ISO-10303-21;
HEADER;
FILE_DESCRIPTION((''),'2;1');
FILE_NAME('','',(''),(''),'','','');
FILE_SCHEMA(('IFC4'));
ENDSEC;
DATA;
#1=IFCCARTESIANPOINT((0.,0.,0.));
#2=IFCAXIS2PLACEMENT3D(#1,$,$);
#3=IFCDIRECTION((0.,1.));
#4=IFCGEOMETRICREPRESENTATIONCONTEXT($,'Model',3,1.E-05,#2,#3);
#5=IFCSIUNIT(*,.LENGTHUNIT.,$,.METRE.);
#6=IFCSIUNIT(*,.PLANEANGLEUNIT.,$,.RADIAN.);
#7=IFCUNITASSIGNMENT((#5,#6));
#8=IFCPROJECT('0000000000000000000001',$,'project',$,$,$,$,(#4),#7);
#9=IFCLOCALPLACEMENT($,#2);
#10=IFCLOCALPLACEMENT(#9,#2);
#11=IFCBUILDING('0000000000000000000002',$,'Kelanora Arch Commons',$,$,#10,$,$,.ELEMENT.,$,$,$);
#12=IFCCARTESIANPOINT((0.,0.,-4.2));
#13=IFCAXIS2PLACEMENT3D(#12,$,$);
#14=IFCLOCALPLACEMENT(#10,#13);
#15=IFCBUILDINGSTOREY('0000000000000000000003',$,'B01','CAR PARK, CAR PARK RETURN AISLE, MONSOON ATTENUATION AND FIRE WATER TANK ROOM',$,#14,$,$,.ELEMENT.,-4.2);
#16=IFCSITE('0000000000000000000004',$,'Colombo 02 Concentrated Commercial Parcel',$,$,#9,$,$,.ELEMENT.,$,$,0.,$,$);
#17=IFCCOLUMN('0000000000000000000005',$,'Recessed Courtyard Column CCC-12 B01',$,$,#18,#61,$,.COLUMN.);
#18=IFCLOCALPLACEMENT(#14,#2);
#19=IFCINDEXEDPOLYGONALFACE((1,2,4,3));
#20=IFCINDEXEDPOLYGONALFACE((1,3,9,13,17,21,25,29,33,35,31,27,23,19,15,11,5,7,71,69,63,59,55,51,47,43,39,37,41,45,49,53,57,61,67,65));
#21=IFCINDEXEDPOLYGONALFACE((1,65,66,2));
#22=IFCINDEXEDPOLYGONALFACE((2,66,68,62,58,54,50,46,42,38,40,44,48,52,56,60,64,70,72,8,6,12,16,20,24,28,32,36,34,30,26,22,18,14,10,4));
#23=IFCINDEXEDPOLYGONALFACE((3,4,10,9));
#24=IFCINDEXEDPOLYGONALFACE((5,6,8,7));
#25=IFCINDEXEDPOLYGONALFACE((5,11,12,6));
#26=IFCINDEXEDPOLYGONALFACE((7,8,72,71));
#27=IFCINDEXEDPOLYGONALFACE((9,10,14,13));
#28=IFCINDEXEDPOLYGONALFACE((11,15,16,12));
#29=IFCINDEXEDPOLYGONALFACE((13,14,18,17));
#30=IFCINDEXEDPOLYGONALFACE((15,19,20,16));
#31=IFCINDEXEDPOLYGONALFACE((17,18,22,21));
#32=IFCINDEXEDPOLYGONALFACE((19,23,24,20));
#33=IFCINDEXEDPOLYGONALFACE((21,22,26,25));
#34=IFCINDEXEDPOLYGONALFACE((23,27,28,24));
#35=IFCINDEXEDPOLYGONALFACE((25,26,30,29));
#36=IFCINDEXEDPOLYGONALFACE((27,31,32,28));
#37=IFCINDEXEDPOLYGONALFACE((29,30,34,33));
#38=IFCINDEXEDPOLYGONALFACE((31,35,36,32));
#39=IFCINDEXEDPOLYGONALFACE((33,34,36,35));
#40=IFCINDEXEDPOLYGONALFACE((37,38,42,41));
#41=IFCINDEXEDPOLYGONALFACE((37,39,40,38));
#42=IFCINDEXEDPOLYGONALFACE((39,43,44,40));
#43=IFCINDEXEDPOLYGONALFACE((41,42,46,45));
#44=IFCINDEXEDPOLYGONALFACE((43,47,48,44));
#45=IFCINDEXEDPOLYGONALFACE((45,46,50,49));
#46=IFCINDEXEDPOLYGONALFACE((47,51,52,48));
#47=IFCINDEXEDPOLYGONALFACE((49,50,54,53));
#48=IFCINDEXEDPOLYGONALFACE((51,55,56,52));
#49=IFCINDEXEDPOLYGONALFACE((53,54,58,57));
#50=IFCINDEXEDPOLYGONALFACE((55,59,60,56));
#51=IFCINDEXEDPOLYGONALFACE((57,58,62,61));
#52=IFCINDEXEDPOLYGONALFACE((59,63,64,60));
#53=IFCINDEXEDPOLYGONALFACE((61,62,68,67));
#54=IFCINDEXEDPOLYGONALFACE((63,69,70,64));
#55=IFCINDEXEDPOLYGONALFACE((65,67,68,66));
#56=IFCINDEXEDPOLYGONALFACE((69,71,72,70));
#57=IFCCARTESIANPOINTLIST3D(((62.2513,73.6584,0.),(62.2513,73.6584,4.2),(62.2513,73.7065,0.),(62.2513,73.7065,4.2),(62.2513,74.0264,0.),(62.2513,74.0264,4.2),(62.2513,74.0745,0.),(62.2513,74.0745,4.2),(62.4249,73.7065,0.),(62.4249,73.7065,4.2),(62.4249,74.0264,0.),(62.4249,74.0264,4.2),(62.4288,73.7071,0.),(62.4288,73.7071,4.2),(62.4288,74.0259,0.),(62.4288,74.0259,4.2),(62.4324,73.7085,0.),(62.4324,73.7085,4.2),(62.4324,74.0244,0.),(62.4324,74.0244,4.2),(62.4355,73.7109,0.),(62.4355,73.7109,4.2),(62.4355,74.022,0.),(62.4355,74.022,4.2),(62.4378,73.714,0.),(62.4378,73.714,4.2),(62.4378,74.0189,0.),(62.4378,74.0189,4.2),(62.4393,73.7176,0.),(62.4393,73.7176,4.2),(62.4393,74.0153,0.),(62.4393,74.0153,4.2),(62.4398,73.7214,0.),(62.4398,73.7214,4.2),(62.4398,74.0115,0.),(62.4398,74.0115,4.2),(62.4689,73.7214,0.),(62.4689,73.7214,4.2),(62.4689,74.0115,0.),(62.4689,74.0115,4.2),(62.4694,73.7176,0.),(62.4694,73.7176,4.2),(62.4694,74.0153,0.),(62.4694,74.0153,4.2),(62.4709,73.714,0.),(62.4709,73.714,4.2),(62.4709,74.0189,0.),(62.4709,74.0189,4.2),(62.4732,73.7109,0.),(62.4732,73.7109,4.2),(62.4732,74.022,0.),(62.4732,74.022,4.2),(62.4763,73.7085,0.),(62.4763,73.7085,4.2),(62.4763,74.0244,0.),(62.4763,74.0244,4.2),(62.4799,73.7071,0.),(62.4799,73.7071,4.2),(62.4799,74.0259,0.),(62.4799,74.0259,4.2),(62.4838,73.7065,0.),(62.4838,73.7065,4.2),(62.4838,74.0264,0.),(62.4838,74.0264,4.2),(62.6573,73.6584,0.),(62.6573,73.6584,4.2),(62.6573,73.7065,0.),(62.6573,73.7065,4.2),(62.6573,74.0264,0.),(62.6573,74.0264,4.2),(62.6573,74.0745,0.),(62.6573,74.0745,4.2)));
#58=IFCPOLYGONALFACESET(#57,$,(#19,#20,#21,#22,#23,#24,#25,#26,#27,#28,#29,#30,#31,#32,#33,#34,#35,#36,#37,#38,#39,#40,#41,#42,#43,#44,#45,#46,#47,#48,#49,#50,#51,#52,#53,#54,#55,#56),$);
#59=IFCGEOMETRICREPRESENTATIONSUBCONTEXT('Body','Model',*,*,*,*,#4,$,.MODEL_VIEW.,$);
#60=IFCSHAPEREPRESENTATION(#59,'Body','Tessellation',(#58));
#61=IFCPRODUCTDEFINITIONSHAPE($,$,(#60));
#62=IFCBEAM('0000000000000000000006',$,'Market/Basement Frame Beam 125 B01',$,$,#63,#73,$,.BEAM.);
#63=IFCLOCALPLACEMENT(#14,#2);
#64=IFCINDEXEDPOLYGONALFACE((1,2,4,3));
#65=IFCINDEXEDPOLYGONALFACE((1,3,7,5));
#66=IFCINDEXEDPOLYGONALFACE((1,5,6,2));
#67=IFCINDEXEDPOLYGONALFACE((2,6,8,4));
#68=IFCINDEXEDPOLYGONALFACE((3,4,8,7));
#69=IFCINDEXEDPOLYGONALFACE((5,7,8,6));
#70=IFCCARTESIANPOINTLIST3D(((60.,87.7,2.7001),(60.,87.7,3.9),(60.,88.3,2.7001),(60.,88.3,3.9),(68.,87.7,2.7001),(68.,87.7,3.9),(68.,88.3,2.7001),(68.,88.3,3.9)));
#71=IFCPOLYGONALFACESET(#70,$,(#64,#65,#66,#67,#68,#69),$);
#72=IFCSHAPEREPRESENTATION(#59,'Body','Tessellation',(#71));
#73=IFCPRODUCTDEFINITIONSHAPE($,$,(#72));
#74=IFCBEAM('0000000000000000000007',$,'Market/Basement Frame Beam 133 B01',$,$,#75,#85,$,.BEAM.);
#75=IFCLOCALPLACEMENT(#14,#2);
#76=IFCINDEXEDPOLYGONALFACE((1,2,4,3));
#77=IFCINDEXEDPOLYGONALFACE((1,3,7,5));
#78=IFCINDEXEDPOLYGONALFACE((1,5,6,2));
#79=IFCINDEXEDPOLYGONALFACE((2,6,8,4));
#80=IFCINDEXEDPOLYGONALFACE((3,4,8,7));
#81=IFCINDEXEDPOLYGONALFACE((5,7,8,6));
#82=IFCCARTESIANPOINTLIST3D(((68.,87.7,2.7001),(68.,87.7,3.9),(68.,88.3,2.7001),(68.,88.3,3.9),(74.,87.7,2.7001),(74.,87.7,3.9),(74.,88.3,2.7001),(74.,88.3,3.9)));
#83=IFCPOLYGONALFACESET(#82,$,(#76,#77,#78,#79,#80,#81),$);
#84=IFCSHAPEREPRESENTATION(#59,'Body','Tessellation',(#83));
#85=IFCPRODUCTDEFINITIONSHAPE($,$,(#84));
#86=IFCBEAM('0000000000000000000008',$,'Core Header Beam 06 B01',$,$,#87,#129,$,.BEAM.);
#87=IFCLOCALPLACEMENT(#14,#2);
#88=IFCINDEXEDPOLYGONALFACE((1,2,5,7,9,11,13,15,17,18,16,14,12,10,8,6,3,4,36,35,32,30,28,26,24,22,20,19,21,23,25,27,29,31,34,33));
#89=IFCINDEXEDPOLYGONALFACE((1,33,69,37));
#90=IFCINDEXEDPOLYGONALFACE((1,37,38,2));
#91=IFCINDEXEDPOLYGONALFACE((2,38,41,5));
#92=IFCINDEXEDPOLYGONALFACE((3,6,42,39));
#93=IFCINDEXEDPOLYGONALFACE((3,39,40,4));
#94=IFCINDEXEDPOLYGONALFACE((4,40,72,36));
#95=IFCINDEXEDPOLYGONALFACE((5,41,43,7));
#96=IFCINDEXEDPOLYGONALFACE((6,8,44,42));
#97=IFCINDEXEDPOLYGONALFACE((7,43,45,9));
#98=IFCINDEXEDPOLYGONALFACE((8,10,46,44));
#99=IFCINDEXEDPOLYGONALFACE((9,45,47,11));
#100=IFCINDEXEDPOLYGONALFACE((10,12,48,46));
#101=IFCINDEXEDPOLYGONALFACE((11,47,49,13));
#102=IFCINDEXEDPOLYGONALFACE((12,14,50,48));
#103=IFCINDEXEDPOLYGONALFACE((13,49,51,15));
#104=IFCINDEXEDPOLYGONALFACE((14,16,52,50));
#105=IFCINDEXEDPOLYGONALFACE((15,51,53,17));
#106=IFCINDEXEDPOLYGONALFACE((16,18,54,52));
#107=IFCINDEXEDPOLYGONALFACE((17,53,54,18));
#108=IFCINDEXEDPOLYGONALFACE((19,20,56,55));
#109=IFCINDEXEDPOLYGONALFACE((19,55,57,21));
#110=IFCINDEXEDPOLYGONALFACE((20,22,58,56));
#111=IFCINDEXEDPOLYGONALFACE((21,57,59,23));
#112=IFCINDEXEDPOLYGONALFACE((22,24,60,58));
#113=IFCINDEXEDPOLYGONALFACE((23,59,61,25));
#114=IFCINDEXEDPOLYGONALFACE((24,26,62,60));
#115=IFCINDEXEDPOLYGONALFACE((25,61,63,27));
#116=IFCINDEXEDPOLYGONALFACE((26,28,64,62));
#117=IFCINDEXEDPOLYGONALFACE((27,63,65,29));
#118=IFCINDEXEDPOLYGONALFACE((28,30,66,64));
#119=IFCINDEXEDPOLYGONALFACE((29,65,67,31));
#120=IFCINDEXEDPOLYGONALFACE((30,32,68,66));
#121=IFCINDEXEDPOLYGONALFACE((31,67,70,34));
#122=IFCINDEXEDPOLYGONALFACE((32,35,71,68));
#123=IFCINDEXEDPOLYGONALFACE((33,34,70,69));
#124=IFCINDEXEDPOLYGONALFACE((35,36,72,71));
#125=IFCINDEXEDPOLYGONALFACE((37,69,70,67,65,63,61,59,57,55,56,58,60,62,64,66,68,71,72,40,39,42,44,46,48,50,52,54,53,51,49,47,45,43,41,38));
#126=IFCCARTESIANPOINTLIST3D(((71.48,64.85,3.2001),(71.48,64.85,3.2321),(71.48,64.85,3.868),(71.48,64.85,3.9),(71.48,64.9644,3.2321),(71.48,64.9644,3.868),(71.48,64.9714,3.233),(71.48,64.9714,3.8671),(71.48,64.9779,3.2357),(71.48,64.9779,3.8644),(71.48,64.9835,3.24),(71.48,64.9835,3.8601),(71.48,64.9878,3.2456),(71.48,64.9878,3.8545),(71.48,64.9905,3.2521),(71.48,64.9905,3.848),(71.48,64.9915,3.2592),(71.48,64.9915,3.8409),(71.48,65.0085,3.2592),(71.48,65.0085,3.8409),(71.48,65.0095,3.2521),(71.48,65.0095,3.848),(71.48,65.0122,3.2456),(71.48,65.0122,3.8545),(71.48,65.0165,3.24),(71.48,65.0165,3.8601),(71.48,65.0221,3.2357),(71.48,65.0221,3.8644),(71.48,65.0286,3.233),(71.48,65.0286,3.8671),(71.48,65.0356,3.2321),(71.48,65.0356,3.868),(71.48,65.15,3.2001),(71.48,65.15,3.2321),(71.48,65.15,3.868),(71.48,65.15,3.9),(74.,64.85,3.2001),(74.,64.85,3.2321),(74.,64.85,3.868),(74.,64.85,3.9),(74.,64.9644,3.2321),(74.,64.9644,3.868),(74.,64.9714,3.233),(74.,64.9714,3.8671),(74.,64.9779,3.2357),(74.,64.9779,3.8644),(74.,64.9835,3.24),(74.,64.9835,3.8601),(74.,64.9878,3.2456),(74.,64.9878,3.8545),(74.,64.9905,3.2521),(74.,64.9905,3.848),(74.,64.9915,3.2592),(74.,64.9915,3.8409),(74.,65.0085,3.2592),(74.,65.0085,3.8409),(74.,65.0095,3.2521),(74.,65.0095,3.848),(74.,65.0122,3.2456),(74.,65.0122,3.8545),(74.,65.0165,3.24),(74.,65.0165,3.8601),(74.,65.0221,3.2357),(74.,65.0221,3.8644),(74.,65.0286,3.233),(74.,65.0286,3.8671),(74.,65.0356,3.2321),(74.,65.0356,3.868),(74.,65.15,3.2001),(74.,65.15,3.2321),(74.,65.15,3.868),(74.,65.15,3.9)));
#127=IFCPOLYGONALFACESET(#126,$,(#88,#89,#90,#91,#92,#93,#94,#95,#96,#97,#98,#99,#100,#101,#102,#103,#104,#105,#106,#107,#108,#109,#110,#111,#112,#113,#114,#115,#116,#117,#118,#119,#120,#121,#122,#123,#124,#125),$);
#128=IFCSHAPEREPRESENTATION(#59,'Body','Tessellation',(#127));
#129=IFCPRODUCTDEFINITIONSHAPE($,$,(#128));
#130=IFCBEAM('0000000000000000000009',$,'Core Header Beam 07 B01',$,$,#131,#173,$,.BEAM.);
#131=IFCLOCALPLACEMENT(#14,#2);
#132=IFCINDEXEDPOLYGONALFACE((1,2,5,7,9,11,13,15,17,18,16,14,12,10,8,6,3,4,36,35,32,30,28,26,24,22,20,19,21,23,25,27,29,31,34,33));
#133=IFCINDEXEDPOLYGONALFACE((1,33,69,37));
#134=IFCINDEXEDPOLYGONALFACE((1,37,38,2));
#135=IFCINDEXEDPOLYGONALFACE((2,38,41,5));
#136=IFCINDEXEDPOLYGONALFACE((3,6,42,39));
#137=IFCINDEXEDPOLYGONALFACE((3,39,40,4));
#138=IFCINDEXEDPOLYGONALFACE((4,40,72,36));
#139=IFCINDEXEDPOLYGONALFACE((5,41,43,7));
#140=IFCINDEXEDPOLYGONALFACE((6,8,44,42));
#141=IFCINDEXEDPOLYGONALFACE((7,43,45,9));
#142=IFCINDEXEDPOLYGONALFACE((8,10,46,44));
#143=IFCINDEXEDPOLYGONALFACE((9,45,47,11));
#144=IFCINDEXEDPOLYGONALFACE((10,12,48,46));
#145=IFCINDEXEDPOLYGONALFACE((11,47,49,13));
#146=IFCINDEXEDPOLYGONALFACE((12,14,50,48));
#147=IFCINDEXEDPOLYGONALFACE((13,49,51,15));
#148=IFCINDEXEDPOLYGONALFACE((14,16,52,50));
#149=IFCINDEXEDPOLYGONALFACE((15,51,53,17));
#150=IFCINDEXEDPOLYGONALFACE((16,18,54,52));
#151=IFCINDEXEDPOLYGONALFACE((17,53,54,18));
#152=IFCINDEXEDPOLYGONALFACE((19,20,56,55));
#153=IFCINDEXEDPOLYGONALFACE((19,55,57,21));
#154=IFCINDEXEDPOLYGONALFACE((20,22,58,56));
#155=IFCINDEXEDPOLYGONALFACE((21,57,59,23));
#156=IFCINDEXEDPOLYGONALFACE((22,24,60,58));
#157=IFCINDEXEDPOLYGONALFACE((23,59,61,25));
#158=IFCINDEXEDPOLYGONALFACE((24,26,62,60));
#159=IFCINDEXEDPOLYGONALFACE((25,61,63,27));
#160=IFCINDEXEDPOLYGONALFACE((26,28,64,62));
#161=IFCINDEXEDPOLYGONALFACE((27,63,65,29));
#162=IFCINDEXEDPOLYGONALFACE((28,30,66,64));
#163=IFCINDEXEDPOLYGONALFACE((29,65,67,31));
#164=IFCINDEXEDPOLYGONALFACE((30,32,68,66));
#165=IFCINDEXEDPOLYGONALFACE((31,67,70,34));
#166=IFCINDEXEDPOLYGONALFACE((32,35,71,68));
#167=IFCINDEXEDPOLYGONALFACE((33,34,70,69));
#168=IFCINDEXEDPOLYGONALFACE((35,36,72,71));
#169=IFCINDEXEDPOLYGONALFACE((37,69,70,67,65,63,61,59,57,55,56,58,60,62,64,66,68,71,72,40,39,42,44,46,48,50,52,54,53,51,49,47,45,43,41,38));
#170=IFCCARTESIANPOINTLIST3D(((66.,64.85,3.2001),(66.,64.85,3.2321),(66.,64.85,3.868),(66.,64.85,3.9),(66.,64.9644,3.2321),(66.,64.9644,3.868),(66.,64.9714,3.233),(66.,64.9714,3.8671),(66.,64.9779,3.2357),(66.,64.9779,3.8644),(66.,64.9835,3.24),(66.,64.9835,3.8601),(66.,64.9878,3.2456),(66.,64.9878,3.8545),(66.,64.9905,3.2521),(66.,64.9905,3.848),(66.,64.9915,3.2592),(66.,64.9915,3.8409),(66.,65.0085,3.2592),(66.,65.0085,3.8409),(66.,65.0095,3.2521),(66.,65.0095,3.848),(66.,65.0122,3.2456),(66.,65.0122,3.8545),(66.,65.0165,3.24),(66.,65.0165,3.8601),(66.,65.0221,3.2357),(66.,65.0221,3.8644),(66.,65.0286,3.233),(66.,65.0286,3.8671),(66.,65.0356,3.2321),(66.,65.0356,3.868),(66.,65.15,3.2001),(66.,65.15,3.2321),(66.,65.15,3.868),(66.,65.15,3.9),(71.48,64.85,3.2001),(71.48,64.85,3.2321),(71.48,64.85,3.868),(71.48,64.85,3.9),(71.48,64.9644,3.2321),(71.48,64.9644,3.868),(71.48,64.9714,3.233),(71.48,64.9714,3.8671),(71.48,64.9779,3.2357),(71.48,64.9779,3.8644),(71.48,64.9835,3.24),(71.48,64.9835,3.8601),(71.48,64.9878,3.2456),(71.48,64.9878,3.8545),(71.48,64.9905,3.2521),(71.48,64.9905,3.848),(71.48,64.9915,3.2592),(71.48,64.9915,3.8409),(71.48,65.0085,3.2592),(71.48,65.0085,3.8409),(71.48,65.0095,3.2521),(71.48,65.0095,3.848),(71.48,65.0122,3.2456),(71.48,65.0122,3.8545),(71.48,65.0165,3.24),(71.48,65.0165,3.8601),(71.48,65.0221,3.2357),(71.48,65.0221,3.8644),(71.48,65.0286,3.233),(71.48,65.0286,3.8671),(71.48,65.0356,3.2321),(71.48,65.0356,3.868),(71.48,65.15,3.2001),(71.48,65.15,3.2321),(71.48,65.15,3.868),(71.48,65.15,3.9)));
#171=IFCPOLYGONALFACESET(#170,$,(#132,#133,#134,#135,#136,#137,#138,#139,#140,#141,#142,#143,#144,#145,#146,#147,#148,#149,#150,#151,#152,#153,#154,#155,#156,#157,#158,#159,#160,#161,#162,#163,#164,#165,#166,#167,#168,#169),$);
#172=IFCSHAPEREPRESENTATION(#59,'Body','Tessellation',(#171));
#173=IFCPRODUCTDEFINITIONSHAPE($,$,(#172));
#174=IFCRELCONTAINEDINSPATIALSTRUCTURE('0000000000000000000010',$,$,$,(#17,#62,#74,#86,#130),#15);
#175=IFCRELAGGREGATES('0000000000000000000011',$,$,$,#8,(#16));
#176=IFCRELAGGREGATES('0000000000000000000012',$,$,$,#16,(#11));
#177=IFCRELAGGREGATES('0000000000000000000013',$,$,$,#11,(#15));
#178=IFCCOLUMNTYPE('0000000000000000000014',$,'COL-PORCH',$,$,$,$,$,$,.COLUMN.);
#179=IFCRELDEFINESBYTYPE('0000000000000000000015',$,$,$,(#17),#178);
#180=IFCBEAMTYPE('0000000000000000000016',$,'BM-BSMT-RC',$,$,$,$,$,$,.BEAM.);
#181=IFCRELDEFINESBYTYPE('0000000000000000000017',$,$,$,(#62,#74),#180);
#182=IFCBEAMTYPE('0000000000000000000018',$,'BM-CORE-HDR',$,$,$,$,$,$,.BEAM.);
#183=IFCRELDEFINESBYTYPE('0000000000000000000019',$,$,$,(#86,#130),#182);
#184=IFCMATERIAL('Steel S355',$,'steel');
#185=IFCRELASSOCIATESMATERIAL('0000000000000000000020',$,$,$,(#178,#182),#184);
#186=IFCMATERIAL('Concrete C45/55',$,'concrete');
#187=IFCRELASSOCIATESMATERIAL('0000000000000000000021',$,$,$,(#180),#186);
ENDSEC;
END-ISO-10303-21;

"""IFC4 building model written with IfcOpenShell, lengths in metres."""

from ifc_helpers import new_model, si_unit, direction, frame, origin, origin_2d, place, context, subcontext, project, spatial, rectangle, i_section, extrude, material, material_profile, profile_set, type_object, element, save


model = new_model("IFC4")

# Units and contexts
model_context = context("Model", 3, precision=1e-05, world=origin(), true_north=direction((0.0, 1.0)))
body_context = subcontext(model_context, "Body", "Model", "MODEL_VIEW")
ifc_project = project(units=[si_unit("LENGTHUNIT", "METRE"), si_unit("PLANEANGLEUNIT", "RADIAN")], contexts=[model_context])

# Site, building, storey
site_placement = place(None, origin())
site = spatial("IfcSite", under=ifc_project, at=site_placement, Name="Colombo 02 Concentrated Commercial Parcel", CompositionType="ELEMENT", RefElevation=0.0)
building_placement = place(site_placement, origin())
building = spatial("IfcBuilding", under=site, at=building_placement, Name="Kelanora Arch Commons", CompositionType="ELEMENT")
storey_placement = place(building_placement, frame((0.0, 0.0, -4.2)))
storey = spatial("IfcBuildingStorey", under=building, at=storey_placement, Name="B01", Description="CAR PARK, CAR PARK RETURN AISLE, MONSOON ATTENUATION AND FIRE WATER TANK ROOM", CompositionType="ELEMENT", Elevation=-4.2)

# Column
ifc_material_1 = material(Name="Steel S355", Category="steel")
ifc_material_profile_1 = material_profile(ifc_material_1, i_section(OverallWidth=0.406, OverallDepth=0.416, WebThickness=0.0291, FlangeThickness=0.0481, FilletRadius=0.0149, at=origin_2d()), Name="HD400x382")
ifc_profile_set_1 = profile_set([ifc_material_profile_1], Name="Steel S355")
column_type_1 = type_object("IfcColumnType", Name="COL-PORCH", PredefinedType="COLUMN", material=ifc_profile_set_1)
column_placement = place(storey_placement, frame((62.4543, 73.8665, 0.0), z_axis=(0.0, 0.0, 1.0), x_axis=(1.0, 0.0, 0.0)))
element("IfcColumn", 1, at=column_placement, inside=storey, type_object=column_type_1, Name="Recessed Courtyard Column CCC-12 B01", PredefinedType="COLUMN", context=body_context, shape_type="SweptSolid", body=[
    extrude(i_section(OverallWidth=0.406, OverallDepth=0.416, WebThickness=0.0291, FlangeThickness=0.0481, FilletRadius=0.0149, at=origin_2d()), origin(), (0.0, 0.0, 1.0), 4.2),
])

# Beams
ifc_material_2 = material(Name="Concrete C45/55", Category="concrete")
ifc_material_profile_2 = material_profile(ifc_material_2, rectangle(XDim=0.6001, YDim=1.2, at=origin_2d()), Name="RCB600x1200")
ifc_profile_set_2 = profile_set([ifc_material_profile_2], Name="Concrete C45/55")
beam_type_1 = type_object("IfcBeamType", Name="BM-BSMT-RC", PredefinedType="BEAM", material=ifc_profile_set_2)
beam_1_placement = place(storey_placement, frame((60.0, 88.0, 3.3), z_axis=(1.0, 0.0, 0.0), x_axis=(0.0, 1.0, 0.0)))
element("IfcBeam", 2, at=beam_1_placement, inside=storey, type_object=beam_type_1, Name="Market/Basement Frame Beam 125 B01", PredefinedType="BEAM", context=body_context, shape_type="SweptSolid", body=[
    extrude(rectangle(XDim=0.6001, YDim=1.2, at=origin_2d()), origin(), (0.0, 0.0, 1.0), 8.0),
])
beam_2_placement = place(storey_placement, frame((68.0, 88.0, 3.3), z_axis=(1.0, 0.0, 0.0), x_axis=(0.0, 1.0, 0.0)))
element("IfcBeam", 3, at=beam_2_placement, inside=storey, type_object=beam_type_1, Name="Market/Basement Frame Beam 133 B01", PredefinedType="BEAM", context=body_context, shape_type="SweptSolid", body=[
    extrude(rectangle(XDim=0.6001, YDim=1.2, at=origin_2d()), origin(), (0.0, 0.0, 1.0), 6.0),
])
ifc_material_profile_3 = material_profile(ifc_material_1, i_section(OverallWidth=0.3, OverallDepth=0.7, WebThickness=0.0171, FlangeThickness=0.032, FilletRadius=0.0271, at=origin_2d()), Name="HEB700")
ifc_profile_set_3 = profile_set([ifc_material_profile_3], Name="Steel S355")
beam_type_2 = type_object("IfcBeamType", Name="BM-CORE-HDR", PredefinedType="BEAM", material=ifc_profile_set_3)
beam_3_placement = place(storey_placement, frame((74.0, 65.0, 3.55), z_axis=(-1.0, 0.0, 0.0), x_axis=(0.0, -1.0, 0.0)))
element("IfcBeam", 4, at=beam_3_placement, inside=storey, type_object=beam_type_2, Name="Core Header Beam 06 B01", PredefinedType="BEAM", context=body_context, shape_type="SweptSolid", body=[
    extrude(i_section(OverallWidth=0.3, OverallDepth=0.7, WebThickness=0.0171, FlangeThickness=0.032, FilletRadius=0.0271, at=origin_2d()), origin(), (0.0, 0.0, 1.0), 2.52),
])
beam_4_placement = place(storey_placement, frame((71.48, 65.0, 3.55), z_axis=(-1.0, 0.0, 0.0), x_axis=(0.0, -1.0, 0.0)))
element("IfcBeam", 5, at=beam_4_placement, inside=storey, type_object=beam_type_2, Name="Core Header Beam 07 B01", PredefinedType="BEAM", context=body_context, shape_type="SweptSolid", body=[
    extrude(i_section(OverallWidth=0.3, OverallDepth=0.7, WebThickness=0.0171, FlangeThickness=0.032, FilletRadius=0.0271, at=origin_2d()), origin(), (0.0, 0.0, 1.0), 5.48),
])

save(model, "model.ifc")
